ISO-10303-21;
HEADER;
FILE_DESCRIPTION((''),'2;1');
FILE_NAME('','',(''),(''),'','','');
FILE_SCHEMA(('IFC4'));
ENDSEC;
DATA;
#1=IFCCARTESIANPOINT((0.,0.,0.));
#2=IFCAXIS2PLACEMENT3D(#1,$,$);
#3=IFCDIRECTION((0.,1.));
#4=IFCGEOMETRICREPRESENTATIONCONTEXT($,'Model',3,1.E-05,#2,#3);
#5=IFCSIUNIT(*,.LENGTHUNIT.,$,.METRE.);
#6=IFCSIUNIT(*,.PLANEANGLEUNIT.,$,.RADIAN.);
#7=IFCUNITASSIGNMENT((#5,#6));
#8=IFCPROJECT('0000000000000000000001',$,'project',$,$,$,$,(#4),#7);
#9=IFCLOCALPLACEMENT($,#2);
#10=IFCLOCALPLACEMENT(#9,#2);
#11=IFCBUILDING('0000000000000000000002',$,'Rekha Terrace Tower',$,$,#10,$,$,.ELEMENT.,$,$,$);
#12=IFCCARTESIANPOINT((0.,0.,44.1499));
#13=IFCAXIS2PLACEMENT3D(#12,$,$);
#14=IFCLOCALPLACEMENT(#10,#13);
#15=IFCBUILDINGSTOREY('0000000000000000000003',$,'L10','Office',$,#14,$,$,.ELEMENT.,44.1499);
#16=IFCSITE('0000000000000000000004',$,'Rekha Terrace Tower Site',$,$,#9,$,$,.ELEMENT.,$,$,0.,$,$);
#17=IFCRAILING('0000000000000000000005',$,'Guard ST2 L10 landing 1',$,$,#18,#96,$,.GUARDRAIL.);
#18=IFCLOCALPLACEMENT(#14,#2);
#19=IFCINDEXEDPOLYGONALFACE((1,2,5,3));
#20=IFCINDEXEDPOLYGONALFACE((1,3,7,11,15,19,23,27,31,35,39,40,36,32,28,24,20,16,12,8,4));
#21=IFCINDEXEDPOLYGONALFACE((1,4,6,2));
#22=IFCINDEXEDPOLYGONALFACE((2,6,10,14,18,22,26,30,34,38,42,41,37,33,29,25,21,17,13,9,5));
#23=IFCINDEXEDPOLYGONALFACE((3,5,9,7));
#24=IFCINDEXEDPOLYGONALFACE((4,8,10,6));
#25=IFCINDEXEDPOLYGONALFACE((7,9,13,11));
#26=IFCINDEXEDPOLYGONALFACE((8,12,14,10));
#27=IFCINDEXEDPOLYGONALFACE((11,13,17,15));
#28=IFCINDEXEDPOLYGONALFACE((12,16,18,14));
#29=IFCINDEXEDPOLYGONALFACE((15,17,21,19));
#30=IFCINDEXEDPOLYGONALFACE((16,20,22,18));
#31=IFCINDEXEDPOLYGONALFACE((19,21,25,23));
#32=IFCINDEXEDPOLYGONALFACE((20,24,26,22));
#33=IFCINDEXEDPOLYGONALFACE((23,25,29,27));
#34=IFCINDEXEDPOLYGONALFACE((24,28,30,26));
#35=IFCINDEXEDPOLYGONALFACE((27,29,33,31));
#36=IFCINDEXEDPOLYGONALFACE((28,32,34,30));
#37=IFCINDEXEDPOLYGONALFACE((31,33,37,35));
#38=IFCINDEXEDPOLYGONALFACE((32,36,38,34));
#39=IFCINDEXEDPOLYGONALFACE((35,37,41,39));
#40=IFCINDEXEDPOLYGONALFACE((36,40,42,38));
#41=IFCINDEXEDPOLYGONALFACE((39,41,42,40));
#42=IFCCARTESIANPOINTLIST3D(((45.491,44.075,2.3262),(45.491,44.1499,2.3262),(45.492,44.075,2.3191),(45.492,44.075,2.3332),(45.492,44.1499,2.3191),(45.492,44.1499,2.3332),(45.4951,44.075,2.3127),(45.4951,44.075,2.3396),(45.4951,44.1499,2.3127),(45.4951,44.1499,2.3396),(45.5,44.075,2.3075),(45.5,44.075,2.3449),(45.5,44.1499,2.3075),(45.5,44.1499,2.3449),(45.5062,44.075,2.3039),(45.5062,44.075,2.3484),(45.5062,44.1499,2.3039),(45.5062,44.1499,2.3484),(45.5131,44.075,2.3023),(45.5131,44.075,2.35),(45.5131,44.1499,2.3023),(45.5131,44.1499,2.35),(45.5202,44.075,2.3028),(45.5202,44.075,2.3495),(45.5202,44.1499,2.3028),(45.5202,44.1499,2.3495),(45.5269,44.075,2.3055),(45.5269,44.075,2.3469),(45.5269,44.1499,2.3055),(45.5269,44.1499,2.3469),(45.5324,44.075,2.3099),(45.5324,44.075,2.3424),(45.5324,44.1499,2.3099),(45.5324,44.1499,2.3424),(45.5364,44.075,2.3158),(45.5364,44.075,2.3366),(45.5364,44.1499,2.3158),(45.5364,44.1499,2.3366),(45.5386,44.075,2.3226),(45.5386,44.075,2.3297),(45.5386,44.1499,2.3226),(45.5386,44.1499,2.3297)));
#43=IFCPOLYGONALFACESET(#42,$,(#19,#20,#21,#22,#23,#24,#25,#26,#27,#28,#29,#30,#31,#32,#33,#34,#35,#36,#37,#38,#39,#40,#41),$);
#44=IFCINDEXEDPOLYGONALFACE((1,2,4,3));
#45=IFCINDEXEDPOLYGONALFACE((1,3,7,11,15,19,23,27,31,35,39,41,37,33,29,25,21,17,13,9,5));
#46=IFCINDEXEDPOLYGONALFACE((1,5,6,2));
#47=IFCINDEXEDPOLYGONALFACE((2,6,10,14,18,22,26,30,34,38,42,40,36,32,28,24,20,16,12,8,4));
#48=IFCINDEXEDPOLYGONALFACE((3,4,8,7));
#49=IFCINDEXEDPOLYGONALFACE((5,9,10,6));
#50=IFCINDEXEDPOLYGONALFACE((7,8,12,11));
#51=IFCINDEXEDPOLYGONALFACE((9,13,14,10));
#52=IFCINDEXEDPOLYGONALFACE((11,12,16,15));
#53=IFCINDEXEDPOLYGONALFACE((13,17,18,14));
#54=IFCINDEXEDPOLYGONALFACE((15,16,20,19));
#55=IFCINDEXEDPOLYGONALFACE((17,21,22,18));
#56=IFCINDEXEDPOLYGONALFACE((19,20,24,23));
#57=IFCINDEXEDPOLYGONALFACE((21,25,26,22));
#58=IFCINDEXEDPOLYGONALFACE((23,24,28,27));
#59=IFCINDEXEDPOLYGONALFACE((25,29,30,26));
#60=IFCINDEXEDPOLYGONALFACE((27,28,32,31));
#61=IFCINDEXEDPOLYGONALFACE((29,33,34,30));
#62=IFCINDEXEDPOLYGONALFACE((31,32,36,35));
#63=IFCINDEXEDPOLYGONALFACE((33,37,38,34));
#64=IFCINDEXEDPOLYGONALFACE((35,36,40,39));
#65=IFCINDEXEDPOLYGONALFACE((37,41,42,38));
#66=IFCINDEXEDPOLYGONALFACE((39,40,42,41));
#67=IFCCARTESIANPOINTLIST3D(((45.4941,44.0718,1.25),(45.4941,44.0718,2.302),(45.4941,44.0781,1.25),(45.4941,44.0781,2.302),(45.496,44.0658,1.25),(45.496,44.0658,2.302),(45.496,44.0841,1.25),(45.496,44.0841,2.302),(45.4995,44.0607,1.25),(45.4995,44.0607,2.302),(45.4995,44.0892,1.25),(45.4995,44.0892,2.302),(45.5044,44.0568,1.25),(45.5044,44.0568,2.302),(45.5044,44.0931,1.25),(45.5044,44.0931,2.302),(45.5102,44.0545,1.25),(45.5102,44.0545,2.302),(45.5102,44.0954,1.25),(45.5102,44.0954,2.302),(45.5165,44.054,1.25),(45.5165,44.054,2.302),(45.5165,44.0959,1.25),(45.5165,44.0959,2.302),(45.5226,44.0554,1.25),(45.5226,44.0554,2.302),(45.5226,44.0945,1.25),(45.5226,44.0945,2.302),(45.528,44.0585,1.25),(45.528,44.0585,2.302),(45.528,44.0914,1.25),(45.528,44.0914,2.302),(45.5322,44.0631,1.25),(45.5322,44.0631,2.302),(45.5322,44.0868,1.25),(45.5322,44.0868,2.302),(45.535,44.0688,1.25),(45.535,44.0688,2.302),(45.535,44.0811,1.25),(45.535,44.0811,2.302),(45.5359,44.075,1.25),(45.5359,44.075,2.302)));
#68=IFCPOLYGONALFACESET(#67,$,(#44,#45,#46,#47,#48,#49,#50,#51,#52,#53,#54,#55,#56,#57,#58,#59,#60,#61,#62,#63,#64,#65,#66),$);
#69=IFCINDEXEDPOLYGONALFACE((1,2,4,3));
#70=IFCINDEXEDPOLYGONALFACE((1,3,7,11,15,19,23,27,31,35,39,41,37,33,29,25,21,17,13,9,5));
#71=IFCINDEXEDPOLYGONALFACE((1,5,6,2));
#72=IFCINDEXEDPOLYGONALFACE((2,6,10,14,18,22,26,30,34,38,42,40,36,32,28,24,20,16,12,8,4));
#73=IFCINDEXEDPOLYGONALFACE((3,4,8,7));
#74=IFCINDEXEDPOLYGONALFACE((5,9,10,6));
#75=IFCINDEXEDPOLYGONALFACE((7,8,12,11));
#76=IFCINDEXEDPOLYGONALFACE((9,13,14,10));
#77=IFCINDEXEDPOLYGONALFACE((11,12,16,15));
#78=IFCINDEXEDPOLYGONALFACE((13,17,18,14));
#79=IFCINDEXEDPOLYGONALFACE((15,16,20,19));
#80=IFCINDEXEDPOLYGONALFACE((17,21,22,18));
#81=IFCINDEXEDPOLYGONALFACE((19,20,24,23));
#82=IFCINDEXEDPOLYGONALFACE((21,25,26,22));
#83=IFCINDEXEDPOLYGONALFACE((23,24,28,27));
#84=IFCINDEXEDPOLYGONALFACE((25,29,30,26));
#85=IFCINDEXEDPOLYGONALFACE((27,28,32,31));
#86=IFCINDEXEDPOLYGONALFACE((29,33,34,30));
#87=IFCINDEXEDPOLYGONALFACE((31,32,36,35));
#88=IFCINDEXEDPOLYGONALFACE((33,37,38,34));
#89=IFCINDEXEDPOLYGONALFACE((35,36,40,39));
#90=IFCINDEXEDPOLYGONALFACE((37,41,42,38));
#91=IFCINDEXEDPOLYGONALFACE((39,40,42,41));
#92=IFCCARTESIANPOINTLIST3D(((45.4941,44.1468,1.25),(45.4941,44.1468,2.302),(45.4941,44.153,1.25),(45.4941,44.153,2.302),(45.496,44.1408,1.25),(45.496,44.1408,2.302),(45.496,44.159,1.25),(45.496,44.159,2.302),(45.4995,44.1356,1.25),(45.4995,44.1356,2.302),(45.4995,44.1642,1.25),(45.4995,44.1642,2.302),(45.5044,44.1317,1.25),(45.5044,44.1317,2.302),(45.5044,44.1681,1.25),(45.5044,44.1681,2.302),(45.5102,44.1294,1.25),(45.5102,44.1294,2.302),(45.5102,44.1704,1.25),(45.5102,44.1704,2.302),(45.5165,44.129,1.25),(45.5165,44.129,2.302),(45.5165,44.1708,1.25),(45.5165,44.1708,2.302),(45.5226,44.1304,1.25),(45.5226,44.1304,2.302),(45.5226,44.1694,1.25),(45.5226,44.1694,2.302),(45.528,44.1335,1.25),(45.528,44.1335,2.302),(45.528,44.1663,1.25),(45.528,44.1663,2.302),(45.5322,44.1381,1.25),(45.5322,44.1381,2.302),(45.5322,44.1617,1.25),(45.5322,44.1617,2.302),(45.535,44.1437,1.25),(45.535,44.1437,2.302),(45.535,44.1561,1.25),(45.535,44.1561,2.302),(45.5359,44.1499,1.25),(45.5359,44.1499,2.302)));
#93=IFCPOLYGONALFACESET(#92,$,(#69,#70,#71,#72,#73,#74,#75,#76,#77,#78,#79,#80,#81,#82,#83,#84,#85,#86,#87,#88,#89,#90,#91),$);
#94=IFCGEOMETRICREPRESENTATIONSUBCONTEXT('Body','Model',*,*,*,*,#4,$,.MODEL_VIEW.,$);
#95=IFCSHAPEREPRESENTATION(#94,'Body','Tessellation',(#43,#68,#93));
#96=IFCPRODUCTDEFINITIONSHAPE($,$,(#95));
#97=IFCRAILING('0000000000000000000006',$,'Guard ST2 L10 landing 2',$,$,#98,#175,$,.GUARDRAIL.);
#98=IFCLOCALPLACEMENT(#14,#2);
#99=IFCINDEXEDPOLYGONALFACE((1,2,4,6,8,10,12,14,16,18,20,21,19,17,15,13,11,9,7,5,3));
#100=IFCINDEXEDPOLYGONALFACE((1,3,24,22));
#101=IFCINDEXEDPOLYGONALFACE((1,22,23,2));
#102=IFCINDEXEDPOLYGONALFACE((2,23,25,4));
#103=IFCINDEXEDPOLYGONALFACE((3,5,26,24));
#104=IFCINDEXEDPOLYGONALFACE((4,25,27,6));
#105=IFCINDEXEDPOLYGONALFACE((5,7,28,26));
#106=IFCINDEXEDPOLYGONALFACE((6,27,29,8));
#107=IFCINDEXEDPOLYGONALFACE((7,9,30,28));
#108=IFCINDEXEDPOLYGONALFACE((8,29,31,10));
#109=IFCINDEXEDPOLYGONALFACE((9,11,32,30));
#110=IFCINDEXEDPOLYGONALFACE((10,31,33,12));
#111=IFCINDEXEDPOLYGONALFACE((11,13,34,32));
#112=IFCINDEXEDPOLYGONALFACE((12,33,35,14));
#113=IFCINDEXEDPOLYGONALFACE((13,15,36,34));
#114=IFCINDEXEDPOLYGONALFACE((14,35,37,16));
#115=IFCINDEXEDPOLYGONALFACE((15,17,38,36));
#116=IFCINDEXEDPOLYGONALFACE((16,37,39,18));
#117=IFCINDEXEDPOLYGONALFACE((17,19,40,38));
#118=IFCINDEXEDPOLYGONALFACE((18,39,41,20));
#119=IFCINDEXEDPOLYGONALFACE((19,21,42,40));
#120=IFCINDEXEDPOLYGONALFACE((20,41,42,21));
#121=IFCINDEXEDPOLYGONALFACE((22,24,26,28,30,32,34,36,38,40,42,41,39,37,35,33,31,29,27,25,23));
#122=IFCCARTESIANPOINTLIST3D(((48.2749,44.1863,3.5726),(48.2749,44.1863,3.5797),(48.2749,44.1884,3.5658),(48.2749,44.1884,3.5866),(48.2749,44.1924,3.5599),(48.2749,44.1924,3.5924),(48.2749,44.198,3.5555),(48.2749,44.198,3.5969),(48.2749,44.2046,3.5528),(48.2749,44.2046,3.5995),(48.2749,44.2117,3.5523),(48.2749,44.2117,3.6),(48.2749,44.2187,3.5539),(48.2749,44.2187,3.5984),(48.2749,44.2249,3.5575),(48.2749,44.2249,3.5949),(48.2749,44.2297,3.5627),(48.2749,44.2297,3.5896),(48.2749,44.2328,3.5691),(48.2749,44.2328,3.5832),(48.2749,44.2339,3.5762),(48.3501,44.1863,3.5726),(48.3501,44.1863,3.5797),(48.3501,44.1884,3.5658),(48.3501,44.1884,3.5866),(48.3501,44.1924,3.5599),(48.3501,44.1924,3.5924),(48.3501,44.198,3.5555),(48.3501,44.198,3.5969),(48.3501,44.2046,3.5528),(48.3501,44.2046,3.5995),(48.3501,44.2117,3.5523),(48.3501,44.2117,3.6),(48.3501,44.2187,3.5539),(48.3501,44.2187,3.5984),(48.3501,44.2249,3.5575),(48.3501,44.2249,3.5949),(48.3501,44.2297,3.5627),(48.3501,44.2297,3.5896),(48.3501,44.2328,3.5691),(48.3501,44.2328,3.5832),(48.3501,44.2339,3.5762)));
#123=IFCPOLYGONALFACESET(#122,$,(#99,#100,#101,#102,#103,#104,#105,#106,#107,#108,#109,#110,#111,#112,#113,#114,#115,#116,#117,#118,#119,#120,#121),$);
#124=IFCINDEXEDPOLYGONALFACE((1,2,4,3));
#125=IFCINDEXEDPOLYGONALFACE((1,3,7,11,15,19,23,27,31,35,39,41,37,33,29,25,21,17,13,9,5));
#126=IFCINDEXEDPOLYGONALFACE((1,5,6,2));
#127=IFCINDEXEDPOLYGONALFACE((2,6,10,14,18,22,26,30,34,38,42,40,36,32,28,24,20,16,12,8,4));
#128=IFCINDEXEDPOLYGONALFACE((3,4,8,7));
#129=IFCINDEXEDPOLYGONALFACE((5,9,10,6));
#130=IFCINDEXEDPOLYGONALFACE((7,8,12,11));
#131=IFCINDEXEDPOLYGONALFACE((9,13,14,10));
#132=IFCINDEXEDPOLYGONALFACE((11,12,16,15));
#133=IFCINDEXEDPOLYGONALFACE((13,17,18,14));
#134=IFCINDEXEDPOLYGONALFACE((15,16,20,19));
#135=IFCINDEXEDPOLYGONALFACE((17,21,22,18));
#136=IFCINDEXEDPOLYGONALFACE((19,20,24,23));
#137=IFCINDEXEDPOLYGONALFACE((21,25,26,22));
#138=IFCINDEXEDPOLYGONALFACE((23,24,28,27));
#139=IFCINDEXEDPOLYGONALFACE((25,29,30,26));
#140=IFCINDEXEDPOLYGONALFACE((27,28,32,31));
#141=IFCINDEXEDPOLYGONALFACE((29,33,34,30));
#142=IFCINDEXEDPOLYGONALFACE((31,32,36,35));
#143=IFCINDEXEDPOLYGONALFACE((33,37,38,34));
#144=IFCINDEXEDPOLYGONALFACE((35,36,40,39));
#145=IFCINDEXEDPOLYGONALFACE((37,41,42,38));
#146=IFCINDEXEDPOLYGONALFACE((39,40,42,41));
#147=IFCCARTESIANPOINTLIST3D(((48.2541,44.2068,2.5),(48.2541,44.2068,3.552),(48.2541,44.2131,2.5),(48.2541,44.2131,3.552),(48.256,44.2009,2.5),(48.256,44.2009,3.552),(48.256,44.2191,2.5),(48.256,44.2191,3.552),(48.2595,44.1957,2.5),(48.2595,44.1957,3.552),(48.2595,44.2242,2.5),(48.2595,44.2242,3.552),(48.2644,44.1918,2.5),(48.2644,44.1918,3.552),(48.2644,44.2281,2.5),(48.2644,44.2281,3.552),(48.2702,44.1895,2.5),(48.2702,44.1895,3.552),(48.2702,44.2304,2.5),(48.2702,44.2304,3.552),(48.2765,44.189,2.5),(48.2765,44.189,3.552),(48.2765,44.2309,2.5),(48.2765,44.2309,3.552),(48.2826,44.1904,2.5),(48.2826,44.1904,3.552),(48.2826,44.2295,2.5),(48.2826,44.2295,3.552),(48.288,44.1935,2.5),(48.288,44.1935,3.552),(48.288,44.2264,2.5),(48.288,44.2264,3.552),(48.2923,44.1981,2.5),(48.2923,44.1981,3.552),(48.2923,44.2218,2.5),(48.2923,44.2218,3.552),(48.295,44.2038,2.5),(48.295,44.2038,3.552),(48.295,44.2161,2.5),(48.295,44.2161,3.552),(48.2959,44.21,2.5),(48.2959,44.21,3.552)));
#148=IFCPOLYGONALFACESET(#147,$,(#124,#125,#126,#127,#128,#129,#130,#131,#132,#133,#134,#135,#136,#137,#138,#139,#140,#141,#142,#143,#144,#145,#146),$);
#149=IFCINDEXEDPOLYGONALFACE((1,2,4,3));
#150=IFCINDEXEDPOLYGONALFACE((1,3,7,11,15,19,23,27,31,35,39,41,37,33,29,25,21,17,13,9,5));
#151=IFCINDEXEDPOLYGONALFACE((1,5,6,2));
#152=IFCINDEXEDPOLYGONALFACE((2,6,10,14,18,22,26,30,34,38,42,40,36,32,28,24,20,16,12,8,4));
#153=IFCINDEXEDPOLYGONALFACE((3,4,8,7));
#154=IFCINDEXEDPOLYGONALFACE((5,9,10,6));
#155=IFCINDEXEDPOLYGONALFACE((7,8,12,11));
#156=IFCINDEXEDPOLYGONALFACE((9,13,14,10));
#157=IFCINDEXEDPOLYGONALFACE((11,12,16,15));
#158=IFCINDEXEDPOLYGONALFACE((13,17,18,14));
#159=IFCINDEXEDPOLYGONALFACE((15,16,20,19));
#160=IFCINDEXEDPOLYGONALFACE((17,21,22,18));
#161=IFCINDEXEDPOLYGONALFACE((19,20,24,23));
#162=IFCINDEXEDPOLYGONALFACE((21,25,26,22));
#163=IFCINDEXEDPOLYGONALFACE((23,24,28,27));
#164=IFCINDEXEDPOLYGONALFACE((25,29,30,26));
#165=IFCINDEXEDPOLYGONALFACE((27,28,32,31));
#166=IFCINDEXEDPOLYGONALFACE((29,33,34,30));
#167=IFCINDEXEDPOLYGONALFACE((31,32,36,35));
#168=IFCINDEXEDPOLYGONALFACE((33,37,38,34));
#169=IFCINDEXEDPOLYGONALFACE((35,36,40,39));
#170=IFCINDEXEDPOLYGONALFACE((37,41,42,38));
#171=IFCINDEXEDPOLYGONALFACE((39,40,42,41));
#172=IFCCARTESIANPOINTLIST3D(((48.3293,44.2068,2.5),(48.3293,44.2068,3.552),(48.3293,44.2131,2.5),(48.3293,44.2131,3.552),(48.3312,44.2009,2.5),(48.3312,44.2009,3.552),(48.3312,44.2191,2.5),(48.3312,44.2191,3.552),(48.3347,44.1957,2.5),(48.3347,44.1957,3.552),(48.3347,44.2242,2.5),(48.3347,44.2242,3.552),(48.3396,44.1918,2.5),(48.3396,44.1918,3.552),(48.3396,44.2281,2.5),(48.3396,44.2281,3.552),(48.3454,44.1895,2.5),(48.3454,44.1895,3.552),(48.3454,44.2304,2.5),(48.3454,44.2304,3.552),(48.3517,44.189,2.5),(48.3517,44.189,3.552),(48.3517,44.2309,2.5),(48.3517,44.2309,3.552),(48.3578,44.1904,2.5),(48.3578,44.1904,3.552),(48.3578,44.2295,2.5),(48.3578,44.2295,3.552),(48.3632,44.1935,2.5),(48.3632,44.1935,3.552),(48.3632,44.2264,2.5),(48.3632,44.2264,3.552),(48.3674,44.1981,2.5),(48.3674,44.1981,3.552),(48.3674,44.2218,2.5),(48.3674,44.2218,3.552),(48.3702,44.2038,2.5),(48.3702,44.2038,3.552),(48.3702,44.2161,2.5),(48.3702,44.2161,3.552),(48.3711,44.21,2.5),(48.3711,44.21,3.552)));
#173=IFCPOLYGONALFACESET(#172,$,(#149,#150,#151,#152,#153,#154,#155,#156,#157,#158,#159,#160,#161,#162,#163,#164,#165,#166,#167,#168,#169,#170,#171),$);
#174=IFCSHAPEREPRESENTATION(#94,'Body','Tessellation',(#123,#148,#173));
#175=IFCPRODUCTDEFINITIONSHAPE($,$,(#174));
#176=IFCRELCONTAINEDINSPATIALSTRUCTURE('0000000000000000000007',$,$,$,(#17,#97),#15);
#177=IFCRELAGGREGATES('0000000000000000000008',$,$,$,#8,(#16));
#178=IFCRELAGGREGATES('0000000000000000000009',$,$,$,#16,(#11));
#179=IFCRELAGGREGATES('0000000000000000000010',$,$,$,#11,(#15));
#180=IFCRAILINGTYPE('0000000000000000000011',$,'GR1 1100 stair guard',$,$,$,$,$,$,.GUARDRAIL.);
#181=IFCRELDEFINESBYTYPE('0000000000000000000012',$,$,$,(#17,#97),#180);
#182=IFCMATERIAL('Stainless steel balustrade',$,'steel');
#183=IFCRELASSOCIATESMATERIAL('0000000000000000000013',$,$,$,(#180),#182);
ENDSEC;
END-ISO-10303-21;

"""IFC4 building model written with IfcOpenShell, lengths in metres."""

from ifc_helpers import new_model, si_unit, direction, frame, origin, origin_2d, place, context, subcontext, project, spatial, circle, extrude, material, type_object, element, save


model = new_model("IFC4")

# Units and contexts
model_context = context("Model", 3, precision=1e-05, world=origin(), true_north=direction((0.0, 1.0)))
body_context = subcontext(model_context, "Body", "Model", "MODEL_VIEW")
ifc_project = project(units=[si_unit("LENGTHUNIT", "METRE"), si_unit("PLANEANGLEUNIT", "RADIAN")], contexts=[model_context])

# Site, building, storey
site_placement = place(None, origin())
site = spatial("IfcSite", under=ifc_project, at=site_placement, Name="Rekha Terrace Tower Site", CompositionType="ELEMENT", RefElevation=0.0)
building_placement = place(site_placement, origin())
building = spatial("IfcBuilding", under=site, at=building_placement, Name="Rekha Terrace Tower", CompositionType="ELEMENT")
storey_placement = place(building_placement, frame((0.0, 0.0, 44.1499)))
storey = spatial("IfcBuildingStorey", under=building, at=storey_placement, Name="L10", Description="Office", CompositionType="ELEMENT", Elevation=44.1499)

# Railings
ifc_material_1 = material(Name="Stainless steel balustrade", Category="steel")
railing_type_1 = type_object("IfcRailingType", Name="GR1 1100 stair guard", PredefinedType="GUARDRAIL", material=ifc_material_1)
railing_1_placement = place(storey_placement, frame((45.5149, 44.075, 1.25)))
element("IfcRailing", 1, at=railing_1_placement, inside=storey, type_object=railing_type_1, Name="Guard ST2 L10 landing 1", PredefinedType="GUARDRAIL", context=body_context, shape_type="SweptSolid", body=[
    extrude(circle(Radius=0.0239, at=origin_2d()), frame((0.0, 0.0, 1.0762), z_axis=(0.0, 1.0, 0.0), x_axis=(-1.0, 0.0, 0.0)), (0.0, 0.0, 1.0), 0.075),
    extrude(circle(Radius=0.021, at=origin_2d()), origin(), (0.0, 0.0, 1.0), 1.052),
    extrude(circle(Radius=0.021, at=origin_2d()), frame((0.0, 0.075, 0.0)), (0.0, 0.0, 1.0), 1.052),
])
railing_2_placement = place(storey_placement, frame((48.2749, 44.21, 2.5)))
element("IfcRailing", 2, at=railing_2_placement, inside=storey, type_object=railing_type_1, Name="Guard ST2 L10 landing 2", PredefinedType="GUARDRAIL", context=body_context, shape_type="SweptSolid", body=[
    extrude(circle(Radius=0.0239, at=origin_2d()), frame((0.0, 0.0, 1.0762), z_axis=(1.0, 0.0, 0.0), x_axis=(0.0, 1.0, 0.0)), (0.0, 0.0, 1.0), 0.0752),
    extrude(circle(Radius=0.021, at=origin_2d()), origin(), (0.0, 0.0, 1.0), 1.052),
    extrude(circle(Radius=0.021, at=origin_2d()), frame((0.0752, 0.0, 0.0)), (0.0, 0.0, 1.0), 1.052),
])

save(model, "model.ifc")
